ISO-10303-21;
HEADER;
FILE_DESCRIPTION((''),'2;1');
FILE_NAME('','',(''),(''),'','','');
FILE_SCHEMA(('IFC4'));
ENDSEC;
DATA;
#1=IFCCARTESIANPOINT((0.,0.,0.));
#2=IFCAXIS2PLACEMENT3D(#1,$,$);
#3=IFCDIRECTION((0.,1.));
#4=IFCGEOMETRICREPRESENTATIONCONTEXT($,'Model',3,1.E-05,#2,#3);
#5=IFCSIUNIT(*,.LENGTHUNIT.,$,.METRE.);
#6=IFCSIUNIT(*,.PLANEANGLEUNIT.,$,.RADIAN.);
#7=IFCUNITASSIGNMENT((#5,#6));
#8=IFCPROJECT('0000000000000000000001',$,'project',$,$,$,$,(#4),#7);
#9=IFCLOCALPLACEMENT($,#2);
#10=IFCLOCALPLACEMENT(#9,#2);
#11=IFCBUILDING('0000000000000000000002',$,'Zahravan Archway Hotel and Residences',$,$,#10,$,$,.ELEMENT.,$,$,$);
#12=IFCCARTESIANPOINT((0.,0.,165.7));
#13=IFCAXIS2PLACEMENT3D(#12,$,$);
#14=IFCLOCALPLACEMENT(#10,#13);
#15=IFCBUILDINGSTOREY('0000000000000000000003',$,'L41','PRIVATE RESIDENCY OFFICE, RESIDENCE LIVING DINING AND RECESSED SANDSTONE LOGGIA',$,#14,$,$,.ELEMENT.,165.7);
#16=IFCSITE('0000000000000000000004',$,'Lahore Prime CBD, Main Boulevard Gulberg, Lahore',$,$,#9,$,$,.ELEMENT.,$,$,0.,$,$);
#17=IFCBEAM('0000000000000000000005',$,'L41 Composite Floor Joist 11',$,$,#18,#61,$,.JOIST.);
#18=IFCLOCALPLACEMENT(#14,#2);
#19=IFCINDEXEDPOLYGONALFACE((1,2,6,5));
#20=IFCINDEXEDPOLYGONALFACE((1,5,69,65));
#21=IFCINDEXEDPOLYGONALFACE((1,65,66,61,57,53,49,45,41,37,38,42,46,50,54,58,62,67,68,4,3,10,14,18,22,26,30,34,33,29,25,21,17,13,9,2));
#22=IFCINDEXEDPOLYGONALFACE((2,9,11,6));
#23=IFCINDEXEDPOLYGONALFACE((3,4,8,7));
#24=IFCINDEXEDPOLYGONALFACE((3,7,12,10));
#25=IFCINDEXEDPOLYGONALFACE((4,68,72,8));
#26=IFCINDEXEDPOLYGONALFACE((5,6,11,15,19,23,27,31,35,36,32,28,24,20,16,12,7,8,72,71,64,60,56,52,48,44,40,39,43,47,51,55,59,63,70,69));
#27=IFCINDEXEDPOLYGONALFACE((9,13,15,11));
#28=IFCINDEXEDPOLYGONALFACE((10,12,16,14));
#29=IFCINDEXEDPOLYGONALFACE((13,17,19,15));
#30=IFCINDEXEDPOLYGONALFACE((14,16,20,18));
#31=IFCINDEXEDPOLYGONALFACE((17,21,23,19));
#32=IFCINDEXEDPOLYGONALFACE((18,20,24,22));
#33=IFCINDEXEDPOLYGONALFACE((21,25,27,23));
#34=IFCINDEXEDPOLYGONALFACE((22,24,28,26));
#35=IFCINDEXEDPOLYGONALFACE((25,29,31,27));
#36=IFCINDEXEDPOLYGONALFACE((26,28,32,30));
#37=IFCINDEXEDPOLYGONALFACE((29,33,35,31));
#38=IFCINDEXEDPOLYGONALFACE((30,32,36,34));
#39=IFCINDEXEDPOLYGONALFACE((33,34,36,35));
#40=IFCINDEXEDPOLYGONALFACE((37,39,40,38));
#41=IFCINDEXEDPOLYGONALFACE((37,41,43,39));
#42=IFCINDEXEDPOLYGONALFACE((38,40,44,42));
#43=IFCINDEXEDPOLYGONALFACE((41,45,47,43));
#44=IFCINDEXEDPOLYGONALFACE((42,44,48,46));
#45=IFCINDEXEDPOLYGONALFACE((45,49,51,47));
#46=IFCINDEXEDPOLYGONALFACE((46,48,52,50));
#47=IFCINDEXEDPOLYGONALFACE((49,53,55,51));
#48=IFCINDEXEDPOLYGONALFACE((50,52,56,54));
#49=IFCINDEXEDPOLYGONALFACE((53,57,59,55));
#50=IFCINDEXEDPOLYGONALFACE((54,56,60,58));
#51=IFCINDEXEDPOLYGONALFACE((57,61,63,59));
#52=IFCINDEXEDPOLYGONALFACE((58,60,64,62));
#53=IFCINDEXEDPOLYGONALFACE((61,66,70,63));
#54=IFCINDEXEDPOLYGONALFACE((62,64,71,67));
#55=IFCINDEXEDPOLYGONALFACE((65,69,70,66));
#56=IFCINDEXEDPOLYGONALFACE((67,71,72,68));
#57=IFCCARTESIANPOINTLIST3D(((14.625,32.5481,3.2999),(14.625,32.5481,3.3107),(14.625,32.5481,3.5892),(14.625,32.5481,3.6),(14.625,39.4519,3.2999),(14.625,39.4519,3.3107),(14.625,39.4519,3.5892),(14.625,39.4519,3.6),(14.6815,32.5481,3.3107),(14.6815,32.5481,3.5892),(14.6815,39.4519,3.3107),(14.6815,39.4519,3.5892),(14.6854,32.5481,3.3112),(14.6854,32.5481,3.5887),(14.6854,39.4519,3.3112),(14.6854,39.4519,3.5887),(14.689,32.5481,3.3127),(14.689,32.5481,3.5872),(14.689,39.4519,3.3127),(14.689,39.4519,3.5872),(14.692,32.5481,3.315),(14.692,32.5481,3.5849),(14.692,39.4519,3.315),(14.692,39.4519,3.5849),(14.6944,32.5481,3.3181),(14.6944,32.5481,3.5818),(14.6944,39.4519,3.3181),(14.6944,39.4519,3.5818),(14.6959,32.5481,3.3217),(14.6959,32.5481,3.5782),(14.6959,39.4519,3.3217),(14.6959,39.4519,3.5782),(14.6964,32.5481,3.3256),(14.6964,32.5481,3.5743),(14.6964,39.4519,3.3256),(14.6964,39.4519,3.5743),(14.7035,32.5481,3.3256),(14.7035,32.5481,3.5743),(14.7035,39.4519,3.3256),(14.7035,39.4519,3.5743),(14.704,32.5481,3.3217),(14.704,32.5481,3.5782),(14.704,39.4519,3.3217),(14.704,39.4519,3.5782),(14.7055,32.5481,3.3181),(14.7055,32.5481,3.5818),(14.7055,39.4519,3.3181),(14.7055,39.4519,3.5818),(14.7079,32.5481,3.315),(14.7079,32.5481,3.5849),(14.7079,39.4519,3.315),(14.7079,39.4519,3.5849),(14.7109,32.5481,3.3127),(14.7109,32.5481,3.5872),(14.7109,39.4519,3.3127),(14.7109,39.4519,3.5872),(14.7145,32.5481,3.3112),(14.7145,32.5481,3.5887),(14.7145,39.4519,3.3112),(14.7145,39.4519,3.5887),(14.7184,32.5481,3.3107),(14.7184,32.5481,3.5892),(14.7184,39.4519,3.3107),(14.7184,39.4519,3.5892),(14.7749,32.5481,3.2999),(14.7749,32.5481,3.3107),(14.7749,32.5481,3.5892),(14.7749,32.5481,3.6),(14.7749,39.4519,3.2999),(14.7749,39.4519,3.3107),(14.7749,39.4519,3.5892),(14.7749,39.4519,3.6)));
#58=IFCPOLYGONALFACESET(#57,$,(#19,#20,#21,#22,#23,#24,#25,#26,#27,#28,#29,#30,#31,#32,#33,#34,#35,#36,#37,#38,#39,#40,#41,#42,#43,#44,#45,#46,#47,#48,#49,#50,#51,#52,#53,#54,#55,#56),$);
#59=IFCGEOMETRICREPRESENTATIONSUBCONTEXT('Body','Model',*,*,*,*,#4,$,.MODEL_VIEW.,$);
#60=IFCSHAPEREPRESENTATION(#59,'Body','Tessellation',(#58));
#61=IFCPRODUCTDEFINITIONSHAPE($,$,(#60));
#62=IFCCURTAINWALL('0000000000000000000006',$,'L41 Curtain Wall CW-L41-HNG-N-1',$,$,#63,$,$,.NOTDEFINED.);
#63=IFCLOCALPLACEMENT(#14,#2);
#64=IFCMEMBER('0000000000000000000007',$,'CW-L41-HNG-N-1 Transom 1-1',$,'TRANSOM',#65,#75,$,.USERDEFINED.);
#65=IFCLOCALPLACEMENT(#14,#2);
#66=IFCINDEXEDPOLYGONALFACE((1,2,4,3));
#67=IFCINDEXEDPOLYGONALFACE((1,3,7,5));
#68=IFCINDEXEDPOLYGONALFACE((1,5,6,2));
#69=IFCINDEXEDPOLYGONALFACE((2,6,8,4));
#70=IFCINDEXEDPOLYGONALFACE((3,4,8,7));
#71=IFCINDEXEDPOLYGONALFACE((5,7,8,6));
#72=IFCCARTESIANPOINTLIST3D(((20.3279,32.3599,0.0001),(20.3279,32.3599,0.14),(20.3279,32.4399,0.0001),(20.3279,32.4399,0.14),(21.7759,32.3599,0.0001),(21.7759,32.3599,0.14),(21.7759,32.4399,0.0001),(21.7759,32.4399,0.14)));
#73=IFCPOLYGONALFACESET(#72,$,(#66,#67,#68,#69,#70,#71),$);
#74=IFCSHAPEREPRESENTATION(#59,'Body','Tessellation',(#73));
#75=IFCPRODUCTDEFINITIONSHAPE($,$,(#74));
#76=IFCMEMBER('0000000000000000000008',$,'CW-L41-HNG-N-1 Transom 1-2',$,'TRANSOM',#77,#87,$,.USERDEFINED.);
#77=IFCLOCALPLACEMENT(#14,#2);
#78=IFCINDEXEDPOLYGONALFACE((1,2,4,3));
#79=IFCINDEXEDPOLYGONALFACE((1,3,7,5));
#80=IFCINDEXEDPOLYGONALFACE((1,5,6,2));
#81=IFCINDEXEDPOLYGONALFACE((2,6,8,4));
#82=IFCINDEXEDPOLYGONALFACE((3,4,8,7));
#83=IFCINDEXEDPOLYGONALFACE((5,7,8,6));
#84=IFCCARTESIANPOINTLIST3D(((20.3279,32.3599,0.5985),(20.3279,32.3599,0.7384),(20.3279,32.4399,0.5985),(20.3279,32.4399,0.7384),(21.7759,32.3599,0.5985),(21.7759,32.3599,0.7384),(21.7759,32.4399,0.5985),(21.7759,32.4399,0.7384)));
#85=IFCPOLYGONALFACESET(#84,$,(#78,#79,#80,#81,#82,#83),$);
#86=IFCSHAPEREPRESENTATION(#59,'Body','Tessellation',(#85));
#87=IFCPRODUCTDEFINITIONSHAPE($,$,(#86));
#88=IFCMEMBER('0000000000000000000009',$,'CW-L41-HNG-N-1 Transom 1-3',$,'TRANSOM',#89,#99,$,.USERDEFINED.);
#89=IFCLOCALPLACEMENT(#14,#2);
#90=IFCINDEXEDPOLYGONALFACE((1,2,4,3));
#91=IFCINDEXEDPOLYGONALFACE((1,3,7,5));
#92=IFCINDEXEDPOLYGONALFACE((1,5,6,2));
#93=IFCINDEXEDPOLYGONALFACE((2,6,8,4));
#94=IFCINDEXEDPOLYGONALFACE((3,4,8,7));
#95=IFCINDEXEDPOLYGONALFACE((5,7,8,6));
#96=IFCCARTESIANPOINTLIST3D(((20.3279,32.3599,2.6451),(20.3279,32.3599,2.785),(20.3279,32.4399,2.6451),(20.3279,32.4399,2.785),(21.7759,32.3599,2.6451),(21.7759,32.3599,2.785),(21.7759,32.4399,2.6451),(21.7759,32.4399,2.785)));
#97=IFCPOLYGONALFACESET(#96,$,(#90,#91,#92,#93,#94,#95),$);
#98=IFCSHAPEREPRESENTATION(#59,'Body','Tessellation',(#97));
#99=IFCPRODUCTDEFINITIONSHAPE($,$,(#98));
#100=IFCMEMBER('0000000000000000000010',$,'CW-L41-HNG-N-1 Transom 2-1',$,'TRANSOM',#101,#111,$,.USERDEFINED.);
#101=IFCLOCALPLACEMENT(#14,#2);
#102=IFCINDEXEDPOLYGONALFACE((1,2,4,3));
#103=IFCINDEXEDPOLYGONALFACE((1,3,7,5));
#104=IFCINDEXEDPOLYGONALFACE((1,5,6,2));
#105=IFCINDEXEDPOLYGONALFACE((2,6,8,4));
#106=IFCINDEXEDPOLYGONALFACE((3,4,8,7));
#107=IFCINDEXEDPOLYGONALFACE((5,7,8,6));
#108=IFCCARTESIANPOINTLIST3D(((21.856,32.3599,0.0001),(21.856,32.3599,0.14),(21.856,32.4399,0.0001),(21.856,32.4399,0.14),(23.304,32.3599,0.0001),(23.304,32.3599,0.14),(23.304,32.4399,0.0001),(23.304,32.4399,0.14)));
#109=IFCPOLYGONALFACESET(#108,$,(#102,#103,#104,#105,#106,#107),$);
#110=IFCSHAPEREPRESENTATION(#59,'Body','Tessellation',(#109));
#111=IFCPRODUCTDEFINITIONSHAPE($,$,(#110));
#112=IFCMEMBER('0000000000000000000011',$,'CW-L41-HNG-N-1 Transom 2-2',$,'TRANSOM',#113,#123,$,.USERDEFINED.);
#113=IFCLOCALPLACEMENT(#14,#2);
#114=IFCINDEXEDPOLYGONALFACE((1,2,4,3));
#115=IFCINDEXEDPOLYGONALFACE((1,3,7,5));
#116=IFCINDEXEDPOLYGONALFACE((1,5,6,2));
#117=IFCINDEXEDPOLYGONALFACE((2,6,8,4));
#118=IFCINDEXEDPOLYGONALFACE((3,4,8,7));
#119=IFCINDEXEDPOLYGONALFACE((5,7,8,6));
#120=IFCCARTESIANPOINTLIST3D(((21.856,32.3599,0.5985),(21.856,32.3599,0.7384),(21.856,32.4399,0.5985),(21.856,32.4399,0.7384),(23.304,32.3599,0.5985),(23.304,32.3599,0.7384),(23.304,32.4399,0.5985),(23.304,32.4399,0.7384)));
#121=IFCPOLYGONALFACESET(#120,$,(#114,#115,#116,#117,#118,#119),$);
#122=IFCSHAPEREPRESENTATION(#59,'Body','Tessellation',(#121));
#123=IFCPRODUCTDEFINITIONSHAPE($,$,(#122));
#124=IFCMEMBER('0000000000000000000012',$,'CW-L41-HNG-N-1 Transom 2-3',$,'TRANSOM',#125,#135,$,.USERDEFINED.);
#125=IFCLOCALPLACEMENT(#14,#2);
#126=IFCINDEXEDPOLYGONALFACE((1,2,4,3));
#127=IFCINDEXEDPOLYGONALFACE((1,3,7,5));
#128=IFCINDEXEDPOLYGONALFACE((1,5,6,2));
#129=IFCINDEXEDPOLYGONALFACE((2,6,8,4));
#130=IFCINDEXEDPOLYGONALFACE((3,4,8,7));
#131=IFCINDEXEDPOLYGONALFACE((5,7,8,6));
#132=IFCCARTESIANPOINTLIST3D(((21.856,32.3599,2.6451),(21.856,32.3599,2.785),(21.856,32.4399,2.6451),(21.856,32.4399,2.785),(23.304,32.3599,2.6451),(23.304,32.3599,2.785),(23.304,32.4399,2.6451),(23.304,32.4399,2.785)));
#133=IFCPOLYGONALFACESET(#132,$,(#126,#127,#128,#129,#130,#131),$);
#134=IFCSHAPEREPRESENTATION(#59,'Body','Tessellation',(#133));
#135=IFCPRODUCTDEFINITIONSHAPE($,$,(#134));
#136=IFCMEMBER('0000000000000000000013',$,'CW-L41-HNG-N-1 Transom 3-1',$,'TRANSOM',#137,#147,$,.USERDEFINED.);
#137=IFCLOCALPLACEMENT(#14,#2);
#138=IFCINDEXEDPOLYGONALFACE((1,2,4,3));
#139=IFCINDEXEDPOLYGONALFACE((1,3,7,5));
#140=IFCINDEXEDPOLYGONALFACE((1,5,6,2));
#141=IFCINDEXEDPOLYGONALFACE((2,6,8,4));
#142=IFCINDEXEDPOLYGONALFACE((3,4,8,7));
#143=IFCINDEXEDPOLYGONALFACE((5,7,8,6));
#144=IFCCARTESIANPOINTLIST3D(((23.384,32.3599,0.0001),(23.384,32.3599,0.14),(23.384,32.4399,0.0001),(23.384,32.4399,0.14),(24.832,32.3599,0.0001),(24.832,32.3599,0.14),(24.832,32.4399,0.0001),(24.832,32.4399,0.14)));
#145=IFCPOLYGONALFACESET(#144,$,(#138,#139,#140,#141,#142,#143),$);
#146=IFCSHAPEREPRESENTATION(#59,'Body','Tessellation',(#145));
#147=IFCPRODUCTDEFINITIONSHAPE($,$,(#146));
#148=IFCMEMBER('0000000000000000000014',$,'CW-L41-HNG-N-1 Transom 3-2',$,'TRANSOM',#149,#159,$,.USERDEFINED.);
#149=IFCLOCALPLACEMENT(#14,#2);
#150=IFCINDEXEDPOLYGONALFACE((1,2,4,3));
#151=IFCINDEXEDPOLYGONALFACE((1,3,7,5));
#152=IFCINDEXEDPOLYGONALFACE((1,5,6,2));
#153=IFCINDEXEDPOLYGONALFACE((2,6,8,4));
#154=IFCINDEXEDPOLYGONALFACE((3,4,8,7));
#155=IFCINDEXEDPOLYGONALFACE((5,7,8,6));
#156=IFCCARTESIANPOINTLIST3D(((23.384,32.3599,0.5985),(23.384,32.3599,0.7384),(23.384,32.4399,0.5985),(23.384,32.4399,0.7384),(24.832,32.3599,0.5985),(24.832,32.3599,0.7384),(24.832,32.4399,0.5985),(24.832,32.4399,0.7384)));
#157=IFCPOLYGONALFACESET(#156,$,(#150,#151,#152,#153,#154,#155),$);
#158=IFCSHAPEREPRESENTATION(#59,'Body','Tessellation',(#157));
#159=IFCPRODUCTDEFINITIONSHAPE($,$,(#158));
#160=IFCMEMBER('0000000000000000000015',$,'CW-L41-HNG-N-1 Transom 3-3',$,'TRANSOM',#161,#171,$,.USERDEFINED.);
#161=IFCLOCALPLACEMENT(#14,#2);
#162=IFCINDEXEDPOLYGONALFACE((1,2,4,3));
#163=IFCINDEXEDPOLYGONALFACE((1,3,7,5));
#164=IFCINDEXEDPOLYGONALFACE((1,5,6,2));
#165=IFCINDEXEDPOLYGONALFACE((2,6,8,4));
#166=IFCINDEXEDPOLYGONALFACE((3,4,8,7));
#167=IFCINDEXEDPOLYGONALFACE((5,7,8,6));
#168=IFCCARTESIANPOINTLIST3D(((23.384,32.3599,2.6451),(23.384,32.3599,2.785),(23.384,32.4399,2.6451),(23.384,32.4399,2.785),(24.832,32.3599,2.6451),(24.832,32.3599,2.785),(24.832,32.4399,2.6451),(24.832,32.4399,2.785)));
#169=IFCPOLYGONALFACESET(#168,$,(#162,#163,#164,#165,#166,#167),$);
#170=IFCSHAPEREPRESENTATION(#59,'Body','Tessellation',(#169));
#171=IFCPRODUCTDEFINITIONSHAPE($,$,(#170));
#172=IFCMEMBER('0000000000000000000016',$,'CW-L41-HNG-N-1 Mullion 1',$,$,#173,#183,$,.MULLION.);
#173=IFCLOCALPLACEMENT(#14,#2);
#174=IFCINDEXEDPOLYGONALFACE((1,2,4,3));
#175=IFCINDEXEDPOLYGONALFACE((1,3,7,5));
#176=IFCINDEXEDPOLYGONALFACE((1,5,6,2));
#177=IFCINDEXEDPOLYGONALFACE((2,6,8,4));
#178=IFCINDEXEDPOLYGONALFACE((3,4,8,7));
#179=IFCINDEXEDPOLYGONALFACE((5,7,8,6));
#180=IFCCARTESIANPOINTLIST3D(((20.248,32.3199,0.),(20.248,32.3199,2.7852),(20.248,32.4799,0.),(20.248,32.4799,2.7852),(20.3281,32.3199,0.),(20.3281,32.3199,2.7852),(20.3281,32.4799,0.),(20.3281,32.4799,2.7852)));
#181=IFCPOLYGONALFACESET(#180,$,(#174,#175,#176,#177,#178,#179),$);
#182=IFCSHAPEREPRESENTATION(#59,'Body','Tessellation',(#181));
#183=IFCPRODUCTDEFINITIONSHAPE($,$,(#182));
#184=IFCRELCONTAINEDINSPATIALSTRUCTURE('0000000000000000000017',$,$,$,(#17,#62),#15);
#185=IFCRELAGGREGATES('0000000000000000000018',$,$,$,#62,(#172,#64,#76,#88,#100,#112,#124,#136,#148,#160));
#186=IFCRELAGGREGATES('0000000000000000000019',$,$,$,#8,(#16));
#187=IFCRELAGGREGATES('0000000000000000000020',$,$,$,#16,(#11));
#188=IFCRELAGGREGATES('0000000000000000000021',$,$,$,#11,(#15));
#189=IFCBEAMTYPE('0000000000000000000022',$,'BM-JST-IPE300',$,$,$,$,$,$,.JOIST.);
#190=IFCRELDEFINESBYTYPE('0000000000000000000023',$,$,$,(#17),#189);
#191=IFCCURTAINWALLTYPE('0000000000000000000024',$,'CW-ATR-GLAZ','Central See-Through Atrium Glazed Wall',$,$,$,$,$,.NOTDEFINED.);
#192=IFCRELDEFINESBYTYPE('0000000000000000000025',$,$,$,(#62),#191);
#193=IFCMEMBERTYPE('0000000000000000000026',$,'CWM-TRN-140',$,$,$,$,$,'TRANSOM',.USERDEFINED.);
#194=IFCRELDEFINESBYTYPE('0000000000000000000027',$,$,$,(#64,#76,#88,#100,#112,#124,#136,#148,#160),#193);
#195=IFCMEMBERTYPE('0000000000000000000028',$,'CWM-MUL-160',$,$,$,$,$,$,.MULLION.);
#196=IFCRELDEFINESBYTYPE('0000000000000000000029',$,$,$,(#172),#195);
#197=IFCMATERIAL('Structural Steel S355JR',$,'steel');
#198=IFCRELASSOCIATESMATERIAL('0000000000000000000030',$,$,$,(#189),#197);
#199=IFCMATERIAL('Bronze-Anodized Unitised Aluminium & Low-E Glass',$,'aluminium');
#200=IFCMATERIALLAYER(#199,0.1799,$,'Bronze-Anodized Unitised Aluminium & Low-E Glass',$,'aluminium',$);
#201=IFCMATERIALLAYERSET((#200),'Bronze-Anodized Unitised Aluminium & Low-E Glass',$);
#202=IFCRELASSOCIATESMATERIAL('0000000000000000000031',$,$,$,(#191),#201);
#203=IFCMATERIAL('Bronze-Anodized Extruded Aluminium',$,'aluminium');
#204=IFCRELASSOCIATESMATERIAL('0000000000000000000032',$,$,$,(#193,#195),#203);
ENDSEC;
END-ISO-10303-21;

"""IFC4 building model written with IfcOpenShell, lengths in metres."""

from ifc_helpers import new_model, si_unit, direction, frame, origin, origin_2d, place, context, subcontext, project, spatial, rectangle, i_section, extrude, source, transform, mapped, material, layer, layer_set, material_profile, profile_set, type_object, element, aggregate, save


model = new_model("IFC4")

# Units and contexts
model_context = context("Model", 3, precision=1e-05, world=origin(), true_north=direction((0.0, 1.0)))
body_context = subcontext(model_context, "Body", "Model", "MODEL_VIEW")
ifc_project = project(units=[si_unit("LENGTHUNIT", "METRE"), si_unit("PLANEANGLEUNIT", "RADIAN")], contexts=[model_context])

# Site, building, storey
site_placement = place(None, origin())
site = spatial("IfcSite", under=ifc_project, at=site_placement, Name="Lahore Prime CBD, Main Boulevard Gulberg, Lahore", CompositionType="ELEMENT", RefElevation=0.0)
building_placement = place(site_placement, origin())
building = spatial("IfcBuilding", under=site, at=building_placement, Name="Zahravan Archway Hotel and Residences", CompositionType="ELEMENT")
storey_placement = place(building_placement, frame((0.0, 0.0, 165.7)))
storey = spatial("IfcBuildingStorey", under=building, at=storey_placement, Name="L41", Description="PRIVATE RESIDENCY OFFICE, RESIDENCE LIVING DINING AND RECESSED SANDSTONE LOGGIA", CompositionType="ELEMENT", Elevation=165.7)

# Beam
ifc_material_1 = material(Name="Structural Steel S355JR", Category="steel")
ifc_material_profile_1 = material_profile(ifc_material_1, i_section(OverallWidth=0.1499, OverallDepth=0.3, WebThickness=0.0071, FlangeThickness=0.0107, FilletRadius=0.0149, at=origin_2d()), Name="IPE 300", Category="steel")
ifc_profile_set_1 = profile_set([ifc_material_profile_1], Name="Structural Steel S355JR")
beam_type_1 = type_object("IfcBeamType", Name="BM-JST-IPE300", PredefinedType="JOIST", material=ifc_profile_set_1)
shared_shape_1 = source(origin(), body_context, "Body", "SweptSolid", [
    extrude(i_section(OverallWidth=0.1499, OverallDepth=0.3, WebThickness=0.0071, FlangeThickness=0.0107, FilletRadius=0.0149, at=origin_2d()), origin(), (0.0, 0.0, 1.0), 6.9038),
])
beam_1_placement = place(storey_placement, frame((14.7, 32.5481, 3.45), z_axis=(0.0, 1.0, 0.0), x_axis=(-1.0, 0.0, 0.0)))
element("IfcBeam", 1, at=beam_1_placement, inside=storey, type_object=beam_type_1, Name="L41 Composite Floor Joist 11", PredefinedType="JOIST", context=body_context, shape_type="MappedRepresentation", body=[
    mapped(shared_shape_1, transform((0.0, 0.0, 0.0), scale=1.0)),
])

# Curtain wall, members
ifc_material_2 = material(Name="Bronze-Anodized Unitised Aluminium & Low-E Glass", Category="aluminium")
ifc_layer_1 = layer(ifc_material_2, 0.1799, Name="Bronze-Anodized Unitised Aluminium & Low-E Glass", Category="aluminium")
ifc_layer_set_1 = layer_set([ifc_layer_1], Name="Bronze-Anodized Unitised Aluminium & Low-E Glass")
curtain_wall_type = type_object("IfcCurtainWallType", Name="CW-ATR-GLAZ", Description="Central See-Through Atrium Glazed Wall", PredefinedType="NOTDEFINED", material=ifc_layer_set_1)
curtain_wall_placement = place(storey_placement, origin())
curtain_wall = element("IfcCurtainWall", 2, at=curtain_wall_placement, inside=storey, type_object=curtain_wall_type, Name="L41 Curtain Wall CW-L41-HNG-N-1", PredefinedType="NOTDEFINED")
ifc_material_3 = material(Name="Bronze-Anodized Extruded Aluminium", Category="aluminium")
ifc_material_profile_2 = material_profile(ifc_material_3, rectangle(XDim=0.0801, YDim=0.1399, at=origin_2d()), Name="TRN 80x140", Category="aluminium")
ifc_profile_set_2 = profile_set([ifc_material_profile_2], Name="Bronze-Anodized Extruded Aluminium")
member_type_1 = type_object("IfcMemberType", Name="CWM-TRN-140", ElementType="TRANSOM", PredefinedType="USERDEFINED", material=ifc_profile_set_2)
shared_shape_2 = source(origin(), body_context, "Body", "SweptSolid", [
    extrude(rectangle(XDim=0.0801, YDim=0.1399, at=origin_2d()), origin(), (0.0, 0.0, 1.0), 1.448),
])
member_1_placement = place(storey_placement, frame((20.3279, 32.3999, 0.0701), z_axis=(1.0, 0.0, 0.0), x_axis=(0.0, 1.0, 0.0)))
member_1 = element("IfcMember", 3, at=member_1_placement, type_object=member_type_1, Name="CW-L41-HNG-N-1 Transom 1-1", ObjectType="TRANSOM", PredefinedType="USERDEFINED", context=body_context, shape_type="MappedRepresentation", body=[
    mapped(shared_shape_2, transform((0.0, 0.0, 0.0), scale=1.0)),
])
member_2_placement = place(storey_placement, frame((20.3279, 32.3999, 0.6685), z_axis=(1.0, 0.0, 0.0), x_axis=(0.0, 1.0, 0.0)))
member_2 = element("IfcMember", 4, at=member_2_placement, type_object=member_type_1, Name="CW-L41-HNG-N-1 Transom 1-2", ObjectType="TRANSOM", PredefinedType="USERDEFINED", context=body_context, shape_type="MappedRepresentation", body=[
    mapped(shared_shape_2, transform((0.0, 0.0, 0.0), scale=1.0)),
])
member_3_placement = place(storey_placement, frame((20.3279, 32.3999, 2.7151), z_axis=(1.0, 0.0, 0.0), x_axis=(0.0, 1.0, 0.0)))
member_3 = element("IfcMember", 5, at=member_3_placement, type_object=member_type_1, Name="CW-L41-HNG-N-1 Transom 1-3", ObjectType="TRANSOM", PredefinedType="USERDEFINED", context=body_context, shape_type="MappedRepresentation", body=[
    mapped(shared_shape_2, transform((0.0, 0.0, 0.0), scale=1.0)),
])
member_4_placement = place(storey_placement, frame((21.856, 32.3999, 0.0701), z_axis=(1.0, 0.0, 0.0), x_axis=(0.0, 1.0, 0.0)))
member_4 = element("IfcMember", 6, at=member_4_placement, type_object=member_type_1, Name="CW-L41-HNG-N-1 Transom 2-1", ObjectType="TRANSOM", PredefinedType="USERDEFINED", context=body_context, shape_type="MappedRepresentation", body=[
    mapped(shared_shape_2, transform((0.0, 0.0, 0.0), scale=1.0)),
])
member_5_placement = place(storey_placement, frame((21.856, 32.3999, 0.6685), z_axis=(1.0, 0.0, 0.0), x_axis=(0.0, 1.0, 0.0)))
member_5 = element("IfcMember", 7, at=member_5_placement, type_object=member_type_1, Name="CW-L41-HNG-N-1 Transom 2-2", ObjectType="TRANSOM", PredefinedType="USERDEFINED", context=body_context, shape_type="MappedRepresentation", body=[
    mapped(shared_shape_2, transform((0.0, 0.0, 0.0), scale=1.0)),
])
member_6_placement = place(storey_placement, frame((21.856, 32.3999, 2.7151), z_axis=(1.0, 0.0, 0.0), x_axis=(0.0, 1.0, 0.0)))
member_6 = element("IfcMember", 8, at=member_6_placement, type_object=member_type_1, Name="CW-L41-HNG-N-1 Transom 2-3", ObjectType="TRANSOM", PredefinedType="USERDEFINED", context=body_context, shape_type="MappedRepresentation", body=[
    mapped(shared_shape_2, transform((0.0, 0.0, 0.0), scale=1.0)),
])
member_7_placement = place(storey_placement, frame((23.384, 32.3999, 0.0701), z_axis=(1.0, 0.0, 0.0), x_axis=(0.0, 1.0, 0.0)))
member_7 = element("IfcMember", 9, at=member_7_placement, type_object=member_type_1, Name="CW-L41-HNG-N-1 Transom 3-1", ObjectType="TRANSOM", PredefinedType="USERDEFINED", context=body_context, shape_type="MappedRepresentation", body=[
    mapped(shared_shape_2, transform((0.0, 0.0, 0.0), scale=1.0)),
])
member_8_placement = place(storey_placement, frame((23.384, 32.3999, 0.6685), z_axis=(1.0, 0.0, 0.0), x_axis=(0.0, 1.0, 0.0)))
member_8 = element("IfcMember", 10, at=member_8_placement, type_object=member_type_1, Name="CW-L41-HNG-N-1 Transom 3-2", ObjectType="TRANSOM", PredefinedType="USERDEFINED", context=body_context, shape_type="MappedRepresentation", body=[
    mapped(shared_shape_2, transform((0.0, 0.0, 0.0), scale=1.0)),
])
member_9_placement = place(storey_placement, frame((23.384, 32.3999, 2.7151), z_axis=(1.0, 0.0, 0.0), x_axis=(0.0, 1.0, 0.0)))
member_9 = element("IfcMember", 11, at=member_9_placement, type_object=member_type_1, Name="CW-L41-HNG-N-1 Transom 3-3", ObjectType="TRANSOM", PredefinedType="USERDEFINED", context=body_context, shape_type="MappedRepresentation", body=[
    mapped(shared_shape_2, transform((0.0, 0.0, 0.0), scale=1.0)),
])
ifc_material_profile_3 = material_profile(ifc_material_3, rectangle(XDim=0.0801, YDim=0.1599, at=origin_2d()), Name="MUL 80x160", Category="aluminium")
ifc_profile_set_3 = profile_set([ifc_material_profile_3], Name="Bronze-Anodized Extruded Aluminium")
member_type_2 = type_object("IfcMemberType", Name="CWM-MUL-160", PredefinedType="MULLION", material=ifc_profile_set_3)
shared_shape_3 = source(origin(), body_context, "Body", "SweptSolid", [
    extrude(rectangle(XDim=0.0801, YDim=0.1599, at=origin_2d()), origin(), (0.0, 0.0, 1.0), 2.7852),
])
member_10_placement = place(storey_placement, frame((20.2881, 32.3999, 0.0), z_axis=(0.0, 0.0, 1.0), x_axis=(1.0, 0.0, 0.0)))
member_10 = element("IfcMember", 12, at=member_10_placement, type_object=member_type_2, Name="CW-L41-HNG-N-1 Mullion 1", PredefinedType="MULLION", context=body_context, shape_type="MappedRepresentation", body=[
    mapped(shared_shape_3, transform((0.0, 0.0, 0.0), scale=1.0)),
])
aggregate(curtain_wall, [member_10, member_1, member_2, member_3, member_4, member_5, member_6, member_7, member_8, member_9])

save(model, "model.ifc")
